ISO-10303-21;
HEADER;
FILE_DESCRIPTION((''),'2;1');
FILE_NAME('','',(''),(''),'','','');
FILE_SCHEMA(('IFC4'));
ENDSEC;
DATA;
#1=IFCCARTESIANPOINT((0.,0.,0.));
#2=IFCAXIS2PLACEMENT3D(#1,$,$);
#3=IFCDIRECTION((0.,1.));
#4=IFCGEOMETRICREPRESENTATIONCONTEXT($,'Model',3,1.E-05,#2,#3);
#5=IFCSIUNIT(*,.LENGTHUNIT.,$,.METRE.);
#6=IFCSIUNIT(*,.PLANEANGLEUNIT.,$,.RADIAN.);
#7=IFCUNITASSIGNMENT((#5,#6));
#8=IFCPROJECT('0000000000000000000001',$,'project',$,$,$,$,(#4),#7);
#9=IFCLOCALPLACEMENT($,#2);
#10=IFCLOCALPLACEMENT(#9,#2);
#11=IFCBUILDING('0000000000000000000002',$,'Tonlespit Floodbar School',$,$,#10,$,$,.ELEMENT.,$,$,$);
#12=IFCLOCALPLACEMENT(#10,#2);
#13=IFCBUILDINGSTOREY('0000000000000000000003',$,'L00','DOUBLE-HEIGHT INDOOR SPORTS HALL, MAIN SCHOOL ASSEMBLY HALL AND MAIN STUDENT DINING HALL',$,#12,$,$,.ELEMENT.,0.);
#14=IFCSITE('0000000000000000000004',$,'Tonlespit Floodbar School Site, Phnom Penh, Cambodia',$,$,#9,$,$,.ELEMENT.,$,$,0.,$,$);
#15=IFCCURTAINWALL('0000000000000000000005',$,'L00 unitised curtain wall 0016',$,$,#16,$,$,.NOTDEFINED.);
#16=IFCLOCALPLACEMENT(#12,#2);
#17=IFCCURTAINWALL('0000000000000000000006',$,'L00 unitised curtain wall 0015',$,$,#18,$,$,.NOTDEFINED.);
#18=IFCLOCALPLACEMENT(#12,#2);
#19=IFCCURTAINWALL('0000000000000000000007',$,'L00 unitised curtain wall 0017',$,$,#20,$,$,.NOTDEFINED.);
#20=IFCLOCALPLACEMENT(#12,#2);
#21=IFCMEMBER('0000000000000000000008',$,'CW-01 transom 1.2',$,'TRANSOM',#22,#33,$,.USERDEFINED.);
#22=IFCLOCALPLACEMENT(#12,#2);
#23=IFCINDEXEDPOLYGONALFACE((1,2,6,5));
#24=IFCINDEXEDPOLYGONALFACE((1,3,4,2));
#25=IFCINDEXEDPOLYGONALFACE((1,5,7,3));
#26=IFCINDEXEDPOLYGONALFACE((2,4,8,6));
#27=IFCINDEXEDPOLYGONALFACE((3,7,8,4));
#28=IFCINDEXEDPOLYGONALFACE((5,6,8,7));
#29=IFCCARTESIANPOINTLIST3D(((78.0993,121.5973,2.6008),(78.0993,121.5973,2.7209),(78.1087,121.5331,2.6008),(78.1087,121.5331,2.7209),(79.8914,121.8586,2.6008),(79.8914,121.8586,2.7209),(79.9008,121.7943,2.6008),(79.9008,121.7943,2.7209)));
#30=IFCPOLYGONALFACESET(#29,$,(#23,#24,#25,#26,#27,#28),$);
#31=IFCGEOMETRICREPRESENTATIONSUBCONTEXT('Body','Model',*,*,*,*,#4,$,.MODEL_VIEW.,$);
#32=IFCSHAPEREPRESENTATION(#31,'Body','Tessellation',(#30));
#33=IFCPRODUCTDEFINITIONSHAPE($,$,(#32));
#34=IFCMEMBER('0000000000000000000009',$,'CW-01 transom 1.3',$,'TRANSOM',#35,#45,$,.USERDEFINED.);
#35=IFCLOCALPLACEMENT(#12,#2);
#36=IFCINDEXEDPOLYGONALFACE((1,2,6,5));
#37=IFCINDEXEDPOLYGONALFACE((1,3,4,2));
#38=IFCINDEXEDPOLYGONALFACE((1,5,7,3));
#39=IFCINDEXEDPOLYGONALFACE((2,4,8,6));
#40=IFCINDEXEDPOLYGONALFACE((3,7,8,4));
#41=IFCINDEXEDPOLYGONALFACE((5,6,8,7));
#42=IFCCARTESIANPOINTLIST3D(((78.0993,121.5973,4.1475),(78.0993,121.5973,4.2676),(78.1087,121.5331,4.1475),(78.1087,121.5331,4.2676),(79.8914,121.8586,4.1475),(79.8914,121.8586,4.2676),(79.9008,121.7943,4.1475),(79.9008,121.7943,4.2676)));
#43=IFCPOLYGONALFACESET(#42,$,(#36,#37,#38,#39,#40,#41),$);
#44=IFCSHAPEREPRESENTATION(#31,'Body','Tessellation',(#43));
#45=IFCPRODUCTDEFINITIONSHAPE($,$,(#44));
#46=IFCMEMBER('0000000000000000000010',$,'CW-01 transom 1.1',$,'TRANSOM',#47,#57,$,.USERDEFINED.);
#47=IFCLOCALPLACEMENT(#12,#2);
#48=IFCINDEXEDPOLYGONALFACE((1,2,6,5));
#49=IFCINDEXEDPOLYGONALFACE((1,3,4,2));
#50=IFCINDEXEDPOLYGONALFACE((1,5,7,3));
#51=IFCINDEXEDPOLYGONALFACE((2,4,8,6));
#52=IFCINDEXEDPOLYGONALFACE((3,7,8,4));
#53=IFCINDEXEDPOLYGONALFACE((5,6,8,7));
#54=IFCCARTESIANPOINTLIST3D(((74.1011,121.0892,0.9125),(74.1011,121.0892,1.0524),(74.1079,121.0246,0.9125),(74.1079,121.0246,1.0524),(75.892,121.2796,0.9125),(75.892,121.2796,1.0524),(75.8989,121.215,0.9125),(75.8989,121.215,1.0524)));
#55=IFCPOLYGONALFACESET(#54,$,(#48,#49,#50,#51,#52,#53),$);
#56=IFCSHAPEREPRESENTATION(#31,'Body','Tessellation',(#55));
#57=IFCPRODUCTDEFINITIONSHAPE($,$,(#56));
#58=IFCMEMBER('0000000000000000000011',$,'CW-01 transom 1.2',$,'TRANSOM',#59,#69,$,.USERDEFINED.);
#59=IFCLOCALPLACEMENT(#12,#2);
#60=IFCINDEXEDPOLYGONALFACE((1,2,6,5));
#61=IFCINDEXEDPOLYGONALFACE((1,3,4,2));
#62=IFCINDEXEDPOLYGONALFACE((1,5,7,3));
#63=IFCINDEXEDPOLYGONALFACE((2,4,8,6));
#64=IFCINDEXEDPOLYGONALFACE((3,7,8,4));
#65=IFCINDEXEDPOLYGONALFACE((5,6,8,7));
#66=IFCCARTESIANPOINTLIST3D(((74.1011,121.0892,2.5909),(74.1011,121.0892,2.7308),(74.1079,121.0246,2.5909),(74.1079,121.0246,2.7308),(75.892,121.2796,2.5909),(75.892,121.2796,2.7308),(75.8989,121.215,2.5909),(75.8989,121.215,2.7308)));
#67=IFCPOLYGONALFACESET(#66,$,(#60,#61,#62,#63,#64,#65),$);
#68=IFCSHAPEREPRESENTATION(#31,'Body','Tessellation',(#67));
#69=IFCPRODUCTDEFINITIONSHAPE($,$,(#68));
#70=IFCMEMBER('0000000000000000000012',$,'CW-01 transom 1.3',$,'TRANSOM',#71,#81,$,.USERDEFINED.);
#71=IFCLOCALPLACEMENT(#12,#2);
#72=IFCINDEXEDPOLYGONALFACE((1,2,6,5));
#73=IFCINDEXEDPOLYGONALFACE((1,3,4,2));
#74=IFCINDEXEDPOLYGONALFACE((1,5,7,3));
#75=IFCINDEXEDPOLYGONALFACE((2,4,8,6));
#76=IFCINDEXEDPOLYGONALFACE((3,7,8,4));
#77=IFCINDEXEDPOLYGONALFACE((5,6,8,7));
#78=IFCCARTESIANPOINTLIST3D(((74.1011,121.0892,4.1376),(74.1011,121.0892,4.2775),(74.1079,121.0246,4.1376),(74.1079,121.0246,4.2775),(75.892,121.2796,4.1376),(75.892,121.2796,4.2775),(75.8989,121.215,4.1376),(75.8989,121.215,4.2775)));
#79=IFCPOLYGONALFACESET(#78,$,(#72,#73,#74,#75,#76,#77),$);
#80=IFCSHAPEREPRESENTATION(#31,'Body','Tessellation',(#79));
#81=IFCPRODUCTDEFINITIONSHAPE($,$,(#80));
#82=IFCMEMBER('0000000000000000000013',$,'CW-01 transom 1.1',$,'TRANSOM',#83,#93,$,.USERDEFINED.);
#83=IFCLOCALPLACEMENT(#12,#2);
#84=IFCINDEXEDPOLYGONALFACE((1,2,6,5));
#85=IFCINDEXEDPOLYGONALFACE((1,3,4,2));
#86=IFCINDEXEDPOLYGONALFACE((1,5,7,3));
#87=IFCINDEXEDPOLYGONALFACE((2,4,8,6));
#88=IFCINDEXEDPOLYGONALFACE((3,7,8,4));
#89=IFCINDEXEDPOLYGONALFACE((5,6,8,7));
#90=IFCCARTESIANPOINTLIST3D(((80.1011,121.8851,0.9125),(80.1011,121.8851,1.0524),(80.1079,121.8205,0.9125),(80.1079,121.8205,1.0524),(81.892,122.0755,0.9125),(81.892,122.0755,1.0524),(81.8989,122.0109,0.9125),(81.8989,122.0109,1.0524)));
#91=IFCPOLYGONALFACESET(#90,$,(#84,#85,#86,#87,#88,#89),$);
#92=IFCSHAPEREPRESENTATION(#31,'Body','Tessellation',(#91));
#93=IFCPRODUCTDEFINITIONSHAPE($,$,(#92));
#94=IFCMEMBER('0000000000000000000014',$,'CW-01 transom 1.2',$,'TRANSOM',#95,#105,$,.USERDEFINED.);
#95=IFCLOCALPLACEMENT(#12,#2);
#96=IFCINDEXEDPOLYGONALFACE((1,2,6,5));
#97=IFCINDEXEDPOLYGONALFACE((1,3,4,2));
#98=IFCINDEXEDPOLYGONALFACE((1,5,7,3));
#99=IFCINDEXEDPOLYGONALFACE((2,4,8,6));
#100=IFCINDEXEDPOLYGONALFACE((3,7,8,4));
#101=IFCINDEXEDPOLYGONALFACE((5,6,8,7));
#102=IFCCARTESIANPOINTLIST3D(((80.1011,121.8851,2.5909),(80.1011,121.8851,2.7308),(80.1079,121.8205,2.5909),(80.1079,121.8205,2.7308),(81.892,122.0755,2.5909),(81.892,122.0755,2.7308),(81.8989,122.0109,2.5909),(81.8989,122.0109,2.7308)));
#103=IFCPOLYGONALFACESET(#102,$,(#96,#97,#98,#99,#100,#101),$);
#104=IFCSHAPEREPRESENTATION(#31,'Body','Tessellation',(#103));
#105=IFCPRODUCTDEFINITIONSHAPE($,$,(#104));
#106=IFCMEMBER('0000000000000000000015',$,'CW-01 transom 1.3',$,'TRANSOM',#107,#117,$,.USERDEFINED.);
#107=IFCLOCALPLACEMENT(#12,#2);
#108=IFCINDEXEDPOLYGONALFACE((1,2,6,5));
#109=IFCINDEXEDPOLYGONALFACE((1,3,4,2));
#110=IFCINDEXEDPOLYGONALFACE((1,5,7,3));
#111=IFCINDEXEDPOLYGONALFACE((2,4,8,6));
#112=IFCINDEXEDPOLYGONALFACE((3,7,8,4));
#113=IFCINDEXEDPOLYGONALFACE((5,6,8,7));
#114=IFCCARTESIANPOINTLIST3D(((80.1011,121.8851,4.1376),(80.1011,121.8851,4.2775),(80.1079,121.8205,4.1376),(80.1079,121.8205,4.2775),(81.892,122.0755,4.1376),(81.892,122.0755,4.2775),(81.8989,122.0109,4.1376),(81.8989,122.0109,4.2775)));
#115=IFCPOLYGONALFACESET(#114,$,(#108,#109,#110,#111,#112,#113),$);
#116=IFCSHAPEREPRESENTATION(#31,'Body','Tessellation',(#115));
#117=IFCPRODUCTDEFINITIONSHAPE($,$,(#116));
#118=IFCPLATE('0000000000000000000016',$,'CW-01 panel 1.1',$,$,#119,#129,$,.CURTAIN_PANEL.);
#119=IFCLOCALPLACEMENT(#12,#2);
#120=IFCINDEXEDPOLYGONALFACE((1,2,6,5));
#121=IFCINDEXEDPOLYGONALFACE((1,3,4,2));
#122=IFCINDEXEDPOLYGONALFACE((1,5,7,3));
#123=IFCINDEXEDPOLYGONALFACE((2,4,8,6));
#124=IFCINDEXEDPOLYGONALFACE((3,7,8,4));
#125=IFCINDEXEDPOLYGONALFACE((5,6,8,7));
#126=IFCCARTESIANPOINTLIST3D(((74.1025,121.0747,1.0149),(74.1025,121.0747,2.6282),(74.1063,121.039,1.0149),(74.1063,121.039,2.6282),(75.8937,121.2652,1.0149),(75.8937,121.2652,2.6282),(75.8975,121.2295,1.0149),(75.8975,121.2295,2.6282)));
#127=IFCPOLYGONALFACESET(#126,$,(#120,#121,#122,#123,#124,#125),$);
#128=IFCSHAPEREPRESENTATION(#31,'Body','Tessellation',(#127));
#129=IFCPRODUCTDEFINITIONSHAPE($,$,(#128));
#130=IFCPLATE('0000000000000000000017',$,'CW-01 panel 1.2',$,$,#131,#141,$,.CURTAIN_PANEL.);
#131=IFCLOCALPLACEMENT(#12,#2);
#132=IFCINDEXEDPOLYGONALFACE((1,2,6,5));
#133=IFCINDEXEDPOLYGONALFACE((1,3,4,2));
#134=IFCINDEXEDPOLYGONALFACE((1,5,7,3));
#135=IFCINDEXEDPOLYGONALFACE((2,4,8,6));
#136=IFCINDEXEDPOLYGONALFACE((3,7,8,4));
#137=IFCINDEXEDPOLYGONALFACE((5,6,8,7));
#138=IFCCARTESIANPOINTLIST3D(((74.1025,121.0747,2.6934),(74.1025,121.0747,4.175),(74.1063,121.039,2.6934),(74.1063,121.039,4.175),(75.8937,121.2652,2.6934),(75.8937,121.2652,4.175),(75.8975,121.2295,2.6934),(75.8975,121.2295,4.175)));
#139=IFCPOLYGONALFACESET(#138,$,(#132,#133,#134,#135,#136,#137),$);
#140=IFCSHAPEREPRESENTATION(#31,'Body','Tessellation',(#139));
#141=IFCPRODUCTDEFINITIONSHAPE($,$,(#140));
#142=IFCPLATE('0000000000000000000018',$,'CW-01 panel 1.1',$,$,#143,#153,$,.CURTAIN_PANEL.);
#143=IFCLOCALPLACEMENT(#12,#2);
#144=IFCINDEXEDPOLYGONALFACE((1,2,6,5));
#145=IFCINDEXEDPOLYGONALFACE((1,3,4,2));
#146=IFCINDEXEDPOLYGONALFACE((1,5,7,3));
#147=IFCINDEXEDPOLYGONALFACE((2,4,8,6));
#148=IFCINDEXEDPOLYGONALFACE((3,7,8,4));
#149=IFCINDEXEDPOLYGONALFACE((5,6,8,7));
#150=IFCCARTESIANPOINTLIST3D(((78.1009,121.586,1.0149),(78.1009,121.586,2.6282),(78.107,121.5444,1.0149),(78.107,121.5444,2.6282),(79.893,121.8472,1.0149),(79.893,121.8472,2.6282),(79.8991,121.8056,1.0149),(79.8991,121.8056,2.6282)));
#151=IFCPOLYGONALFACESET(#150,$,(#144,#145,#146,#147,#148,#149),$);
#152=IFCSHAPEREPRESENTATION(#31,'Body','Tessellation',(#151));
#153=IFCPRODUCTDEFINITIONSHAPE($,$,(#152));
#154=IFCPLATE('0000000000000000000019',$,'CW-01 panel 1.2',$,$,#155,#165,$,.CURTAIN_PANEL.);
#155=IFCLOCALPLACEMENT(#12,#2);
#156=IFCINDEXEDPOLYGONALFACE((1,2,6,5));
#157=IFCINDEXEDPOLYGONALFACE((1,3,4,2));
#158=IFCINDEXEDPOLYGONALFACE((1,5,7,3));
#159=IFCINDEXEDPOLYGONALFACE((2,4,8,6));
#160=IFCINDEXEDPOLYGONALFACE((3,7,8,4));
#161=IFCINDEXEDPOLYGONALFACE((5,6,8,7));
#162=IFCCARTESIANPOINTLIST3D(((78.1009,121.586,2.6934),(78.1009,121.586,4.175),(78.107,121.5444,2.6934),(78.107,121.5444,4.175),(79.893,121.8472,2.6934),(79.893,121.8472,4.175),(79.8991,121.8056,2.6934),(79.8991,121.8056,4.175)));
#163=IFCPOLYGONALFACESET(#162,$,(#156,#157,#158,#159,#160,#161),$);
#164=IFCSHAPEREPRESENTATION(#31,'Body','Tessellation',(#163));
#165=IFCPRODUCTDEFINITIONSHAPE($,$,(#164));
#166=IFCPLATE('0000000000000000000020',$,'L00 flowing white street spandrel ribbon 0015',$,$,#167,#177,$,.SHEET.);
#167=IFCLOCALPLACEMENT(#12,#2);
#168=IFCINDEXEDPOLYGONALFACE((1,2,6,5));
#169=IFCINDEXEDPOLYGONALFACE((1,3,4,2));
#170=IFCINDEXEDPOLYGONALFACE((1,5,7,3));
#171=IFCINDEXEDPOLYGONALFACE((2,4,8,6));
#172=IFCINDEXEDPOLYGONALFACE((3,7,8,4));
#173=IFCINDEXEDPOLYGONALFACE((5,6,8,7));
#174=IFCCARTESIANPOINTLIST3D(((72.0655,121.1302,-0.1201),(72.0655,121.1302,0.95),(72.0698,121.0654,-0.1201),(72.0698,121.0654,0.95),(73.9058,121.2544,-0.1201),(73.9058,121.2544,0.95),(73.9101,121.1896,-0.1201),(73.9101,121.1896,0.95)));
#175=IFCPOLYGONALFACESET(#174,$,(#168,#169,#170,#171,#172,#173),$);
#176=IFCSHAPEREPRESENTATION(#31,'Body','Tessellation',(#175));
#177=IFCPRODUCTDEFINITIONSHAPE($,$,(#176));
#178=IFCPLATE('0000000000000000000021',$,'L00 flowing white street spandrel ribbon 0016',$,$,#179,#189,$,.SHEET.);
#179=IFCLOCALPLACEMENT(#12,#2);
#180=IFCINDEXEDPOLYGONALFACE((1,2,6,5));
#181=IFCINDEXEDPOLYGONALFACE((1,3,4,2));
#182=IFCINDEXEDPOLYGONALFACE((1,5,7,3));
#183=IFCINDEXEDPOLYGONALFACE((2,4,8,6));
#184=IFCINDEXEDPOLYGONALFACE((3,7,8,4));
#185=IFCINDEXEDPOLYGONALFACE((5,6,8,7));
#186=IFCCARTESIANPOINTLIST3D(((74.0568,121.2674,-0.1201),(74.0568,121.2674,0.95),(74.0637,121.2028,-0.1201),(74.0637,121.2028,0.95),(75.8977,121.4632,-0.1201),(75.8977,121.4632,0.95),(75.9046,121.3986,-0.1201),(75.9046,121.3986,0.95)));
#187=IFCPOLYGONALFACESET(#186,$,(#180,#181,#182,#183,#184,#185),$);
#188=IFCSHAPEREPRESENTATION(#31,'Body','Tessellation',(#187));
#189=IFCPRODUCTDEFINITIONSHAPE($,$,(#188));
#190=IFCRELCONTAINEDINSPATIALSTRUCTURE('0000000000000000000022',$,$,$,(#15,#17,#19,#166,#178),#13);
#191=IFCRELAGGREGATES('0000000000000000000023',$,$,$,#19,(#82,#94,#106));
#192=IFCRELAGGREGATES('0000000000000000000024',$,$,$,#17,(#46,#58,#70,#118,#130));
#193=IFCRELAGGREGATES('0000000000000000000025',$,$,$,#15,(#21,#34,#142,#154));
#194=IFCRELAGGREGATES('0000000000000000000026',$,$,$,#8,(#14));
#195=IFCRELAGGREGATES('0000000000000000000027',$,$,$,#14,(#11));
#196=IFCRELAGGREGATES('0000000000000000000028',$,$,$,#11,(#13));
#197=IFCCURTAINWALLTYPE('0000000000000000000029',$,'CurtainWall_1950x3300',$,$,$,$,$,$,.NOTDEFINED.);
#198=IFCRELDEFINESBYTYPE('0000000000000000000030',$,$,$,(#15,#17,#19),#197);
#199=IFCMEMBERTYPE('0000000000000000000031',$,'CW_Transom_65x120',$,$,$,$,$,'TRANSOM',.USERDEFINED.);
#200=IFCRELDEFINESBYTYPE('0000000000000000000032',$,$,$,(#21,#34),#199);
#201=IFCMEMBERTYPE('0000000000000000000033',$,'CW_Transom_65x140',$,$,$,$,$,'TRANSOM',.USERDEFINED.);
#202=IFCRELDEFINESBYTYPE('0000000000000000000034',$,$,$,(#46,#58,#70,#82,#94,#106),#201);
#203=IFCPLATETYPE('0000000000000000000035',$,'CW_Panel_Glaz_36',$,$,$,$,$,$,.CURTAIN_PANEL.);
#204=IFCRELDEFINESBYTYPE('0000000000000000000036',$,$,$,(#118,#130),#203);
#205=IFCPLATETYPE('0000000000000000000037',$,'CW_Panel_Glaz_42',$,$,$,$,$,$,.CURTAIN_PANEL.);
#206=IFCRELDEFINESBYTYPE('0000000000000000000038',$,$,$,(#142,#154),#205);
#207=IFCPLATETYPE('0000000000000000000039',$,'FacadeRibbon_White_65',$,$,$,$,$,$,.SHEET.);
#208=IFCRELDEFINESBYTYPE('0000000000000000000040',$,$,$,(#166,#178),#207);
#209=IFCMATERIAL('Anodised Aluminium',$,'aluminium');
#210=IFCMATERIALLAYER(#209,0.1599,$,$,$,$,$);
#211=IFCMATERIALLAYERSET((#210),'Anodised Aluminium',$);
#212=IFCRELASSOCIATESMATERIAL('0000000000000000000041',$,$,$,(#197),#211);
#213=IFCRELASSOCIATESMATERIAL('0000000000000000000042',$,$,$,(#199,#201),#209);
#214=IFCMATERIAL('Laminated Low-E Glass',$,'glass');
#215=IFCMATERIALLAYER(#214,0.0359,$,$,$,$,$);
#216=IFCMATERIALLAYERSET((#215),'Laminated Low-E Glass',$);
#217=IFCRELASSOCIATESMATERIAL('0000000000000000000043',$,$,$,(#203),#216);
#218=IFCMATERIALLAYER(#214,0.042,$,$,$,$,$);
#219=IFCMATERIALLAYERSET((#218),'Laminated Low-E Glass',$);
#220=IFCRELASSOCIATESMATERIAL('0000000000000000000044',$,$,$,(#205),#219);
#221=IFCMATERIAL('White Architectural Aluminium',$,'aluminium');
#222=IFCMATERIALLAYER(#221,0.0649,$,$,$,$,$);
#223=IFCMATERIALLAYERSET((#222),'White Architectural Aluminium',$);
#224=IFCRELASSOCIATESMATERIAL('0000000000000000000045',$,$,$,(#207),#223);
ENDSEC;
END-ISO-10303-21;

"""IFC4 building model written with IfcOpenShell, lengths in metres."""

from ifc_helpers import new_model, si_unit, direction, frame, origin, origin_2d, place, context, subcontext, project, spatial, rectangle, extrude, material, layer, layer_set, material_profile, profile_set, type_object, element, aggregate, save


model = new_model("IFC4")

# Units and contexts
model_context = context("Model", 3, precision=1e-05, world=origin(), true_north=direction((0.0, 1.0)))
body_context = subcontext(model_context, "Body", "Model", "MODEL_VIEW")
ifc_project = project(units=[si_unit("LENGTHUNIT", "METRE"), si_unit("PLANEANGLEUNIT", "RADIAN")], contexts=[model_context])

# Site, building, storey
site_placement = place(None, origin())
site = spatial("IfcSite", under=ifc_project, at=site_placement, Name="Tonlespit Floodbar School Site, Phnom Penh, Cambodia", CompositionType="ELEMENT", RefElevation=0.0)
building_placement = place(site_placement, origin())
building = spatial("IfcBuilding", under=site, at=building_placement, Name="Tonlespit Floodbar School", CompositionType="ELEMENT")
storey_placement = place(building_placement, origin())
storey = spatial("IfcBuildingStorey", under=building, at=storey_placement, Name="L00", Description="DOUBLE-HEIGHT INDOOR SPORTS HALL, MAIN SCHOOL ASSEMBLY HALL AND MAIN STUDENT DINING HALL", CompositionType="ELEMENT", Elevation=0.0)

# Shared definitions
ifc_material_1 = material(Name="Anodised Aluminium", Category="aluminium")

# Curtain walls
ifc_layer_1 = layer(ifc_material_1, 0.1599)
ifc_layer_set_1 = layer_set([ifc_layer_1], Name="Anodised Aluminium")
curtain_wall_type_1 = type_object("IfcCurtainWallType", Name="CurtainWall_1950x3300", PredefinedType="NOTDEFINED", material=ifc_layer_set_1)
curtain_wall_1_placement = place(storey_placement, origin())
curtain_wall_1 = element("IfcCurtainWall", 1, at=curtain_wall_1_placement, inside=storey, type_object=curtain_wall_type_1, Name="L00 unitised curtain wall 0016", PredefinedType="NOTDEFINED")
curtain_wall_2_placement = place(storey_placement, origin())
curtain_wall_2 = element("IfcCurtainWall", 2, at=curtain_wall_2_placement, inside=storey, type_object=curtain_wall_type_1, Name="L00 unitised curtain wall 0015", PredefinedType="NOTDEFINED")

# Curtain wall
curtain_wall_3_placement = place(storey_placement, origin())
curtain_wall_3 = element("IfcCurtainWall", 3, at=curtain_wall_3_placement, inside=storey, type_object=curtain_wall_type_1, Name="L00 unitised curtain wall 0017", PredefinedType="NOTDEFINED")

# Members
ifc_material_profile_1 = material_profile(ifc_material_1, rectangle(XDim=0.0649, YDim=0.1201, at=origin_2d()), Name="ALU T65x120")
ifc_profile_set_1 = profile_set([ifc_material_profile_1], Name="Anodised Aluminium")
member_type_1 = type_object("IfcMemberType", Name="CW_Transom_65x120", ElementType="TRANSOM", PredefinedType="USERDEFINED", material=ifc_profile_set_1)
member_1_placement = place(storey_placement, frame((78.104, 121.5652, 2.6609), z_axis=(0.989541, 0.144252, 0.0), x_axis=(-0.144252, 0.989541, 0.0)))
member_1 = element("IfcMember", 4, at=member_1_placement, type_object=member_type_1, Name="CW-01 transom 1.2", ObjectType="TRANSOM", PredefinedType="USERDEFINED", context=body_context, shape_type="SweptSolid", body=[
    extrude(rectangle(XDim=0.0649, YDim=0.1201, at=origin_2d()), origin(), (0.0, 0.0, 1.0), 1.811),
])
member_2_placement = place(storey_placement, frame((78.104, 121.5652, 4.2075), z_axis=(0.989541, 0.144252, 0.0), x_axis=(-0.144252, 0.989541, 0.0)))
member_2 = element("IfcMember", 5, at=member_2_placement, type_object=member_type_1, Name="CW-01 transom 1.3", ObjectType="TRANSOM", PredefinedType="USERDEFINED", context=body_context, shape_type="SweptSolid", body=[
    extrude(rectangle(XDim=0.0649, YDim=0.1201, at=origin_2d()), origin(), (0.0, 0.0, 1.0), 1.811),
])
ifc_material_profile_2 = material_profile(ifc_material_1, rectangle(XDim=0.0649, YDim=0.1399, at=origin_2d()), Name="ALU T65x140")
ifc_profile_set_2 = profile_set([ifc_material_profile_2], Name="Anodised Aluminium")
member_type_2 = type_object("IfcMemberType", Name="CW_Transom_65x140", ElementType="TRANSOM", PredefinedType="USERDEFINED", material=ifc_profile_set_2)
member_3_placement = place(storey_placement, frame((74.1045, 121.0569, 0.9824), z_axis=(0.994395, 0.105729, 0.0), x_axis=(-0.105729, 0.994395, 0.0)))
member_3 = element("IfcMember", 6, at=member_3_placement, type_object=member_type_2, Name="CW-01 transom 1.1", ObjectType="TRANSOM", PredefinedType="USERDEFINED", context=body_context, shape_type="SweptSolid", body=[
    extrude(rectangle(XDim=0.0649, YDim=0.1399, at=origin_2d()), origin(), (0.0, 0.0, 1.0), 1.801),
])
member_4_placement = place(storey_placement, frame((74.1045, 121.0569, 2.6609), z_axis=(0.994395, 0.105729, 0.0), x_axis=(-0.105729, 0.994395, 0.0)))
member_4 = element("IfcMember", 7, at=member_4_placement, type_object=member_type_2, Name="CW-01 transom 1.2", ObjectType="TRANSOM", PredefinedType="USERDEFINED", context=body_context, shape_type="SweptSolid", body=[
    extrude(rectangle(XDim=0.0649, YDim=0.1399, at=origin_2d()), origin(), (0.0, 0.0, 1.0), 1.801),
])
member_5_placement = place(storey_placement, frame((74.1045, 121.0569, 4.2075), z_axis=(0.994395, 0.105729, 0.0), x_axis=(-0.105729, 0.994395, 0.0)))
member_5 = element("IfcMember", 8, at=member_5_placement, type_object=member_type_2, Name="CW-01 transom 1.3", ObjectType="TRANSOM", PredefinedType="USERDEFINED", context=body_context, shape_type="SweptSolid", body=[
    extrude(rectangle(XDim=0.0649, YDim=0.1399, at=origin_2d()), origin(), (0.0, 0.0, 1.0), 1.801),
])
member_6_placement = place(storey_placement, frame((80.1045, 121.8528, 0.9824), z_axis=(0.994395, 0.105729, 0.0), x_axis=(-0.105729, 0.994395, 0.0)))
member_6 = element("IfcMember", 9, at=member_6_placement, type_object=member_type_2, Name="CW-01 transom 1.1", ObjectType="TRANSOM", PredefinedType="USERDEFINED", context=body_context, shape_type="SweptSolid", body=[
    extrude(rectangle(XDim=0.0649, YDim=0.1399, at=origin_2d()), origin(), (0.0, 0.0, 1.0), 1.801),
])
member_7_placement = place(storey_placement, frame((80.1045, 121.8528, 2.6609), z_axis=(0.994395, 0.105729, 0.0), x_axis=(-0.105729, 0.994395, 0.0)))
member_7 = element("IfcMember", 10, at=member_7_placement, type_object=member_type_2, Name="CW-01 transom 1.2", ObjectType="TRANSOM", PredefinedType="USERDEFINED", context=body_context, shape_type="SweptSolid", body=[
    extrude(rectangle(XDim=0.0649, YDim=0.1399, at=origin_2d()), origin(), (0.0, 0.0, 1.0), 1.801),
])
member_8_placement = place(storey_placement, frame((80.1045, 121.8528, 4.2075), z_axis=(0.994395, 0.105729, 0.0), x_axis=(-0.105729, 0.994395, 0.0)))
member_8 = element("IfcMember", 11, at=member_8_placement, type_object=member_type_2, Name="CW-01 transom 1.3", ObjectType="TRANSOM", PredefinedType="USERDEFINED", context=body_context, shape_type="SweptSolid", body=[
    extrude(rectangle(XDim=0.0649, YDim=0.1399, at=origin_2d()), origin(), (0.0, 0.0, 1.0), 1.801),
])
aggregate(curtain_wall_3, [member_6, member_7, member_8])

# Plates
ifc_material_2 = material(Name="Laminated Low-E Glass", Category="glass")
ifc_layer_2 = layer(ifc_material_2, 0.0359)
ifc_layer_set_2 = layer_set([ifc_layer_2], Name="Laminated Low-E Glass")
plate_type_1 = type_object("IfcPlateType", Name="CW_Panel_Glaz_36", PredefinedType="CURTAIN_PANEL", material=ifc_layer_set_2)
plate_1_placement = place(storey_placement, frame((75.0, 121.1521, 1.0149), z_axis=(0.0, 0.0, 1.0), x_axis=(0.994389, 0.105787, 0.0)))
plate_1 = element("IfcPlate", 12, at=plate_1_placement, type_object=plate_type_1, Name="CW-01 panel 1.1", PredefinedType="CURTAIN_PANEL", context=body_context, shape_type="SweptSolid", body=[
    extrude(rectangle(XDim=1.8013, YDim=0.0359, at=origin_2d()), origin(), (0.0, 0.0, 1.0), 1.6133),
])
plate_2_placement = place(storey_placement, frame((75.0, 121.1521, 2.6934), z_axis=(0.0, 0.0, 1.0), x_axis=(0.994389, 0.105787, 0.0)))
plate_2 = element("IfcPlate", 13, at=plate_2_placement, type_object=plate_type_1, Name="CW-01 panel 1.2", PredefinedType="CURTAIN_PANEL", context=body_context, shape_type="SweptSolid", body=[
    extrude(rectangle(XDim=1.8013, YDim=0.0359, at=origin_2d()), origin(), (0.0, 0.0, 1.0), 1.4817),
])
aggregate(curtain_wall_2, [member_3, member_4, member_5, plate_1, plate_2])
ifc_layer_3 = layer(ifc_material_2, 0.042)
ifc_layer_set_3 = layer_set([ifc_layer_3], Name="Laminated Low-E Glass")
plate_type_2 = type_object("IfcPlateType", Name="CW_Panel_Glaz_42", PredefinedType="CURTAIN_PANEL", material=ifc_layer_set_3)
plate_3_placement = place(storey_placement, frame((79.0, 121.6958, 1.0149), z_axis=(0.0, 0.0, 1.0), x_axis=(0.989542, 0.144248, 0.0)))
plate_3 = element("IfcPlate", 14, at=plate_3_placement, type_object=plate_type_2, Name="CW-01 panel 1.1", PredefinedType="CURTAIN_PANEL", context=body_context, shape_type="SweptSolid", body=[
    extrude(rectangle(XDim=1.811, YDim=0.042, at=origin_2d()), origin(), (0.0, 0.0, 1.0), 1.6133),
])
plate_4_placement = place(storey_placement, frame((79.0, 121.6958, 2.6934), z_axis=(0.0, 0.0, 1.0), x_axis=(0.989542, 0.144248, 0.0)))
plate_4 = element("IfcPlate", 15, at=plate_4_placement, type_object=plate_type_2, Name="CW-01 panel 1.2", PredefinedType="CURTAIN_PANEL", context=body_context, shape_type="SweptSolid", body=[
    extrude(rectangle(XDim=1.811, YDim=0.042, at=origin_2d()), origin(), (0.0, 0.0, 1.0), 1.4817),
])
aggregate(curtain_wall_1, [member_1, member_2, plate_3, plate_4])

# Plates
ifc_material_3 = material(Name="White Architectural Aluminium", Category="aluminium")
ifc_layer_4 = layer(ifc_material_3, 0.0649)
ifc_layer_set_4 = layer_set([ifc_layer_4], Name="White Architectural Aluminium")
plate_type_3 = type_object("IfcPlateType", Name="FacadeRibbon_White_65", PredefinedType="SHEET", material=ifc_layer_set_4)
plate_5_placement = place(storey_placement, frame((72.9878, 121.1599, -0.1201), z_axis=(0.0, 0.0, 1.0), x_axis=(0.99773, 0.067347, 0.0)))
element("IfcPlate", 16, at=plate_5_placement, inside=storey, type_object=plate_type_3, Name="L00 flowing white street spandrel ribbon 0015", PredefinedType="SHEET", context=body_context, shape_type="SweptSolid", body=[
    extrude(rectangle(XDim=1.8445, YDim=0.0649, at=origin_2d()), origin(), (0.0, 0.0, 1.0), 1.0701),
])
plate_6_placement = place(storey_placement, frame((74.9807, 121.333, -0.1201), z_axis=(0.0, 0.0, 1.0), x_axis=(0.994392, 0.105754, 0.0)))
element("IfcPlate", 17, at=plate_6_placement, inside=storey, type_object=plate_type_3, Name="L00 flowing white street spandrel ribbon 0016", PredefinedType="SHEET", context=body_context, shape_type="SweptSolid", body=[
    extrude(rectangle(XDim=1.8513, YDim=0.0649, at=origin_2d()), origin(), (0.0, 0.0, 1.0), 1.0701),
])

save(model, "model.ifc")
